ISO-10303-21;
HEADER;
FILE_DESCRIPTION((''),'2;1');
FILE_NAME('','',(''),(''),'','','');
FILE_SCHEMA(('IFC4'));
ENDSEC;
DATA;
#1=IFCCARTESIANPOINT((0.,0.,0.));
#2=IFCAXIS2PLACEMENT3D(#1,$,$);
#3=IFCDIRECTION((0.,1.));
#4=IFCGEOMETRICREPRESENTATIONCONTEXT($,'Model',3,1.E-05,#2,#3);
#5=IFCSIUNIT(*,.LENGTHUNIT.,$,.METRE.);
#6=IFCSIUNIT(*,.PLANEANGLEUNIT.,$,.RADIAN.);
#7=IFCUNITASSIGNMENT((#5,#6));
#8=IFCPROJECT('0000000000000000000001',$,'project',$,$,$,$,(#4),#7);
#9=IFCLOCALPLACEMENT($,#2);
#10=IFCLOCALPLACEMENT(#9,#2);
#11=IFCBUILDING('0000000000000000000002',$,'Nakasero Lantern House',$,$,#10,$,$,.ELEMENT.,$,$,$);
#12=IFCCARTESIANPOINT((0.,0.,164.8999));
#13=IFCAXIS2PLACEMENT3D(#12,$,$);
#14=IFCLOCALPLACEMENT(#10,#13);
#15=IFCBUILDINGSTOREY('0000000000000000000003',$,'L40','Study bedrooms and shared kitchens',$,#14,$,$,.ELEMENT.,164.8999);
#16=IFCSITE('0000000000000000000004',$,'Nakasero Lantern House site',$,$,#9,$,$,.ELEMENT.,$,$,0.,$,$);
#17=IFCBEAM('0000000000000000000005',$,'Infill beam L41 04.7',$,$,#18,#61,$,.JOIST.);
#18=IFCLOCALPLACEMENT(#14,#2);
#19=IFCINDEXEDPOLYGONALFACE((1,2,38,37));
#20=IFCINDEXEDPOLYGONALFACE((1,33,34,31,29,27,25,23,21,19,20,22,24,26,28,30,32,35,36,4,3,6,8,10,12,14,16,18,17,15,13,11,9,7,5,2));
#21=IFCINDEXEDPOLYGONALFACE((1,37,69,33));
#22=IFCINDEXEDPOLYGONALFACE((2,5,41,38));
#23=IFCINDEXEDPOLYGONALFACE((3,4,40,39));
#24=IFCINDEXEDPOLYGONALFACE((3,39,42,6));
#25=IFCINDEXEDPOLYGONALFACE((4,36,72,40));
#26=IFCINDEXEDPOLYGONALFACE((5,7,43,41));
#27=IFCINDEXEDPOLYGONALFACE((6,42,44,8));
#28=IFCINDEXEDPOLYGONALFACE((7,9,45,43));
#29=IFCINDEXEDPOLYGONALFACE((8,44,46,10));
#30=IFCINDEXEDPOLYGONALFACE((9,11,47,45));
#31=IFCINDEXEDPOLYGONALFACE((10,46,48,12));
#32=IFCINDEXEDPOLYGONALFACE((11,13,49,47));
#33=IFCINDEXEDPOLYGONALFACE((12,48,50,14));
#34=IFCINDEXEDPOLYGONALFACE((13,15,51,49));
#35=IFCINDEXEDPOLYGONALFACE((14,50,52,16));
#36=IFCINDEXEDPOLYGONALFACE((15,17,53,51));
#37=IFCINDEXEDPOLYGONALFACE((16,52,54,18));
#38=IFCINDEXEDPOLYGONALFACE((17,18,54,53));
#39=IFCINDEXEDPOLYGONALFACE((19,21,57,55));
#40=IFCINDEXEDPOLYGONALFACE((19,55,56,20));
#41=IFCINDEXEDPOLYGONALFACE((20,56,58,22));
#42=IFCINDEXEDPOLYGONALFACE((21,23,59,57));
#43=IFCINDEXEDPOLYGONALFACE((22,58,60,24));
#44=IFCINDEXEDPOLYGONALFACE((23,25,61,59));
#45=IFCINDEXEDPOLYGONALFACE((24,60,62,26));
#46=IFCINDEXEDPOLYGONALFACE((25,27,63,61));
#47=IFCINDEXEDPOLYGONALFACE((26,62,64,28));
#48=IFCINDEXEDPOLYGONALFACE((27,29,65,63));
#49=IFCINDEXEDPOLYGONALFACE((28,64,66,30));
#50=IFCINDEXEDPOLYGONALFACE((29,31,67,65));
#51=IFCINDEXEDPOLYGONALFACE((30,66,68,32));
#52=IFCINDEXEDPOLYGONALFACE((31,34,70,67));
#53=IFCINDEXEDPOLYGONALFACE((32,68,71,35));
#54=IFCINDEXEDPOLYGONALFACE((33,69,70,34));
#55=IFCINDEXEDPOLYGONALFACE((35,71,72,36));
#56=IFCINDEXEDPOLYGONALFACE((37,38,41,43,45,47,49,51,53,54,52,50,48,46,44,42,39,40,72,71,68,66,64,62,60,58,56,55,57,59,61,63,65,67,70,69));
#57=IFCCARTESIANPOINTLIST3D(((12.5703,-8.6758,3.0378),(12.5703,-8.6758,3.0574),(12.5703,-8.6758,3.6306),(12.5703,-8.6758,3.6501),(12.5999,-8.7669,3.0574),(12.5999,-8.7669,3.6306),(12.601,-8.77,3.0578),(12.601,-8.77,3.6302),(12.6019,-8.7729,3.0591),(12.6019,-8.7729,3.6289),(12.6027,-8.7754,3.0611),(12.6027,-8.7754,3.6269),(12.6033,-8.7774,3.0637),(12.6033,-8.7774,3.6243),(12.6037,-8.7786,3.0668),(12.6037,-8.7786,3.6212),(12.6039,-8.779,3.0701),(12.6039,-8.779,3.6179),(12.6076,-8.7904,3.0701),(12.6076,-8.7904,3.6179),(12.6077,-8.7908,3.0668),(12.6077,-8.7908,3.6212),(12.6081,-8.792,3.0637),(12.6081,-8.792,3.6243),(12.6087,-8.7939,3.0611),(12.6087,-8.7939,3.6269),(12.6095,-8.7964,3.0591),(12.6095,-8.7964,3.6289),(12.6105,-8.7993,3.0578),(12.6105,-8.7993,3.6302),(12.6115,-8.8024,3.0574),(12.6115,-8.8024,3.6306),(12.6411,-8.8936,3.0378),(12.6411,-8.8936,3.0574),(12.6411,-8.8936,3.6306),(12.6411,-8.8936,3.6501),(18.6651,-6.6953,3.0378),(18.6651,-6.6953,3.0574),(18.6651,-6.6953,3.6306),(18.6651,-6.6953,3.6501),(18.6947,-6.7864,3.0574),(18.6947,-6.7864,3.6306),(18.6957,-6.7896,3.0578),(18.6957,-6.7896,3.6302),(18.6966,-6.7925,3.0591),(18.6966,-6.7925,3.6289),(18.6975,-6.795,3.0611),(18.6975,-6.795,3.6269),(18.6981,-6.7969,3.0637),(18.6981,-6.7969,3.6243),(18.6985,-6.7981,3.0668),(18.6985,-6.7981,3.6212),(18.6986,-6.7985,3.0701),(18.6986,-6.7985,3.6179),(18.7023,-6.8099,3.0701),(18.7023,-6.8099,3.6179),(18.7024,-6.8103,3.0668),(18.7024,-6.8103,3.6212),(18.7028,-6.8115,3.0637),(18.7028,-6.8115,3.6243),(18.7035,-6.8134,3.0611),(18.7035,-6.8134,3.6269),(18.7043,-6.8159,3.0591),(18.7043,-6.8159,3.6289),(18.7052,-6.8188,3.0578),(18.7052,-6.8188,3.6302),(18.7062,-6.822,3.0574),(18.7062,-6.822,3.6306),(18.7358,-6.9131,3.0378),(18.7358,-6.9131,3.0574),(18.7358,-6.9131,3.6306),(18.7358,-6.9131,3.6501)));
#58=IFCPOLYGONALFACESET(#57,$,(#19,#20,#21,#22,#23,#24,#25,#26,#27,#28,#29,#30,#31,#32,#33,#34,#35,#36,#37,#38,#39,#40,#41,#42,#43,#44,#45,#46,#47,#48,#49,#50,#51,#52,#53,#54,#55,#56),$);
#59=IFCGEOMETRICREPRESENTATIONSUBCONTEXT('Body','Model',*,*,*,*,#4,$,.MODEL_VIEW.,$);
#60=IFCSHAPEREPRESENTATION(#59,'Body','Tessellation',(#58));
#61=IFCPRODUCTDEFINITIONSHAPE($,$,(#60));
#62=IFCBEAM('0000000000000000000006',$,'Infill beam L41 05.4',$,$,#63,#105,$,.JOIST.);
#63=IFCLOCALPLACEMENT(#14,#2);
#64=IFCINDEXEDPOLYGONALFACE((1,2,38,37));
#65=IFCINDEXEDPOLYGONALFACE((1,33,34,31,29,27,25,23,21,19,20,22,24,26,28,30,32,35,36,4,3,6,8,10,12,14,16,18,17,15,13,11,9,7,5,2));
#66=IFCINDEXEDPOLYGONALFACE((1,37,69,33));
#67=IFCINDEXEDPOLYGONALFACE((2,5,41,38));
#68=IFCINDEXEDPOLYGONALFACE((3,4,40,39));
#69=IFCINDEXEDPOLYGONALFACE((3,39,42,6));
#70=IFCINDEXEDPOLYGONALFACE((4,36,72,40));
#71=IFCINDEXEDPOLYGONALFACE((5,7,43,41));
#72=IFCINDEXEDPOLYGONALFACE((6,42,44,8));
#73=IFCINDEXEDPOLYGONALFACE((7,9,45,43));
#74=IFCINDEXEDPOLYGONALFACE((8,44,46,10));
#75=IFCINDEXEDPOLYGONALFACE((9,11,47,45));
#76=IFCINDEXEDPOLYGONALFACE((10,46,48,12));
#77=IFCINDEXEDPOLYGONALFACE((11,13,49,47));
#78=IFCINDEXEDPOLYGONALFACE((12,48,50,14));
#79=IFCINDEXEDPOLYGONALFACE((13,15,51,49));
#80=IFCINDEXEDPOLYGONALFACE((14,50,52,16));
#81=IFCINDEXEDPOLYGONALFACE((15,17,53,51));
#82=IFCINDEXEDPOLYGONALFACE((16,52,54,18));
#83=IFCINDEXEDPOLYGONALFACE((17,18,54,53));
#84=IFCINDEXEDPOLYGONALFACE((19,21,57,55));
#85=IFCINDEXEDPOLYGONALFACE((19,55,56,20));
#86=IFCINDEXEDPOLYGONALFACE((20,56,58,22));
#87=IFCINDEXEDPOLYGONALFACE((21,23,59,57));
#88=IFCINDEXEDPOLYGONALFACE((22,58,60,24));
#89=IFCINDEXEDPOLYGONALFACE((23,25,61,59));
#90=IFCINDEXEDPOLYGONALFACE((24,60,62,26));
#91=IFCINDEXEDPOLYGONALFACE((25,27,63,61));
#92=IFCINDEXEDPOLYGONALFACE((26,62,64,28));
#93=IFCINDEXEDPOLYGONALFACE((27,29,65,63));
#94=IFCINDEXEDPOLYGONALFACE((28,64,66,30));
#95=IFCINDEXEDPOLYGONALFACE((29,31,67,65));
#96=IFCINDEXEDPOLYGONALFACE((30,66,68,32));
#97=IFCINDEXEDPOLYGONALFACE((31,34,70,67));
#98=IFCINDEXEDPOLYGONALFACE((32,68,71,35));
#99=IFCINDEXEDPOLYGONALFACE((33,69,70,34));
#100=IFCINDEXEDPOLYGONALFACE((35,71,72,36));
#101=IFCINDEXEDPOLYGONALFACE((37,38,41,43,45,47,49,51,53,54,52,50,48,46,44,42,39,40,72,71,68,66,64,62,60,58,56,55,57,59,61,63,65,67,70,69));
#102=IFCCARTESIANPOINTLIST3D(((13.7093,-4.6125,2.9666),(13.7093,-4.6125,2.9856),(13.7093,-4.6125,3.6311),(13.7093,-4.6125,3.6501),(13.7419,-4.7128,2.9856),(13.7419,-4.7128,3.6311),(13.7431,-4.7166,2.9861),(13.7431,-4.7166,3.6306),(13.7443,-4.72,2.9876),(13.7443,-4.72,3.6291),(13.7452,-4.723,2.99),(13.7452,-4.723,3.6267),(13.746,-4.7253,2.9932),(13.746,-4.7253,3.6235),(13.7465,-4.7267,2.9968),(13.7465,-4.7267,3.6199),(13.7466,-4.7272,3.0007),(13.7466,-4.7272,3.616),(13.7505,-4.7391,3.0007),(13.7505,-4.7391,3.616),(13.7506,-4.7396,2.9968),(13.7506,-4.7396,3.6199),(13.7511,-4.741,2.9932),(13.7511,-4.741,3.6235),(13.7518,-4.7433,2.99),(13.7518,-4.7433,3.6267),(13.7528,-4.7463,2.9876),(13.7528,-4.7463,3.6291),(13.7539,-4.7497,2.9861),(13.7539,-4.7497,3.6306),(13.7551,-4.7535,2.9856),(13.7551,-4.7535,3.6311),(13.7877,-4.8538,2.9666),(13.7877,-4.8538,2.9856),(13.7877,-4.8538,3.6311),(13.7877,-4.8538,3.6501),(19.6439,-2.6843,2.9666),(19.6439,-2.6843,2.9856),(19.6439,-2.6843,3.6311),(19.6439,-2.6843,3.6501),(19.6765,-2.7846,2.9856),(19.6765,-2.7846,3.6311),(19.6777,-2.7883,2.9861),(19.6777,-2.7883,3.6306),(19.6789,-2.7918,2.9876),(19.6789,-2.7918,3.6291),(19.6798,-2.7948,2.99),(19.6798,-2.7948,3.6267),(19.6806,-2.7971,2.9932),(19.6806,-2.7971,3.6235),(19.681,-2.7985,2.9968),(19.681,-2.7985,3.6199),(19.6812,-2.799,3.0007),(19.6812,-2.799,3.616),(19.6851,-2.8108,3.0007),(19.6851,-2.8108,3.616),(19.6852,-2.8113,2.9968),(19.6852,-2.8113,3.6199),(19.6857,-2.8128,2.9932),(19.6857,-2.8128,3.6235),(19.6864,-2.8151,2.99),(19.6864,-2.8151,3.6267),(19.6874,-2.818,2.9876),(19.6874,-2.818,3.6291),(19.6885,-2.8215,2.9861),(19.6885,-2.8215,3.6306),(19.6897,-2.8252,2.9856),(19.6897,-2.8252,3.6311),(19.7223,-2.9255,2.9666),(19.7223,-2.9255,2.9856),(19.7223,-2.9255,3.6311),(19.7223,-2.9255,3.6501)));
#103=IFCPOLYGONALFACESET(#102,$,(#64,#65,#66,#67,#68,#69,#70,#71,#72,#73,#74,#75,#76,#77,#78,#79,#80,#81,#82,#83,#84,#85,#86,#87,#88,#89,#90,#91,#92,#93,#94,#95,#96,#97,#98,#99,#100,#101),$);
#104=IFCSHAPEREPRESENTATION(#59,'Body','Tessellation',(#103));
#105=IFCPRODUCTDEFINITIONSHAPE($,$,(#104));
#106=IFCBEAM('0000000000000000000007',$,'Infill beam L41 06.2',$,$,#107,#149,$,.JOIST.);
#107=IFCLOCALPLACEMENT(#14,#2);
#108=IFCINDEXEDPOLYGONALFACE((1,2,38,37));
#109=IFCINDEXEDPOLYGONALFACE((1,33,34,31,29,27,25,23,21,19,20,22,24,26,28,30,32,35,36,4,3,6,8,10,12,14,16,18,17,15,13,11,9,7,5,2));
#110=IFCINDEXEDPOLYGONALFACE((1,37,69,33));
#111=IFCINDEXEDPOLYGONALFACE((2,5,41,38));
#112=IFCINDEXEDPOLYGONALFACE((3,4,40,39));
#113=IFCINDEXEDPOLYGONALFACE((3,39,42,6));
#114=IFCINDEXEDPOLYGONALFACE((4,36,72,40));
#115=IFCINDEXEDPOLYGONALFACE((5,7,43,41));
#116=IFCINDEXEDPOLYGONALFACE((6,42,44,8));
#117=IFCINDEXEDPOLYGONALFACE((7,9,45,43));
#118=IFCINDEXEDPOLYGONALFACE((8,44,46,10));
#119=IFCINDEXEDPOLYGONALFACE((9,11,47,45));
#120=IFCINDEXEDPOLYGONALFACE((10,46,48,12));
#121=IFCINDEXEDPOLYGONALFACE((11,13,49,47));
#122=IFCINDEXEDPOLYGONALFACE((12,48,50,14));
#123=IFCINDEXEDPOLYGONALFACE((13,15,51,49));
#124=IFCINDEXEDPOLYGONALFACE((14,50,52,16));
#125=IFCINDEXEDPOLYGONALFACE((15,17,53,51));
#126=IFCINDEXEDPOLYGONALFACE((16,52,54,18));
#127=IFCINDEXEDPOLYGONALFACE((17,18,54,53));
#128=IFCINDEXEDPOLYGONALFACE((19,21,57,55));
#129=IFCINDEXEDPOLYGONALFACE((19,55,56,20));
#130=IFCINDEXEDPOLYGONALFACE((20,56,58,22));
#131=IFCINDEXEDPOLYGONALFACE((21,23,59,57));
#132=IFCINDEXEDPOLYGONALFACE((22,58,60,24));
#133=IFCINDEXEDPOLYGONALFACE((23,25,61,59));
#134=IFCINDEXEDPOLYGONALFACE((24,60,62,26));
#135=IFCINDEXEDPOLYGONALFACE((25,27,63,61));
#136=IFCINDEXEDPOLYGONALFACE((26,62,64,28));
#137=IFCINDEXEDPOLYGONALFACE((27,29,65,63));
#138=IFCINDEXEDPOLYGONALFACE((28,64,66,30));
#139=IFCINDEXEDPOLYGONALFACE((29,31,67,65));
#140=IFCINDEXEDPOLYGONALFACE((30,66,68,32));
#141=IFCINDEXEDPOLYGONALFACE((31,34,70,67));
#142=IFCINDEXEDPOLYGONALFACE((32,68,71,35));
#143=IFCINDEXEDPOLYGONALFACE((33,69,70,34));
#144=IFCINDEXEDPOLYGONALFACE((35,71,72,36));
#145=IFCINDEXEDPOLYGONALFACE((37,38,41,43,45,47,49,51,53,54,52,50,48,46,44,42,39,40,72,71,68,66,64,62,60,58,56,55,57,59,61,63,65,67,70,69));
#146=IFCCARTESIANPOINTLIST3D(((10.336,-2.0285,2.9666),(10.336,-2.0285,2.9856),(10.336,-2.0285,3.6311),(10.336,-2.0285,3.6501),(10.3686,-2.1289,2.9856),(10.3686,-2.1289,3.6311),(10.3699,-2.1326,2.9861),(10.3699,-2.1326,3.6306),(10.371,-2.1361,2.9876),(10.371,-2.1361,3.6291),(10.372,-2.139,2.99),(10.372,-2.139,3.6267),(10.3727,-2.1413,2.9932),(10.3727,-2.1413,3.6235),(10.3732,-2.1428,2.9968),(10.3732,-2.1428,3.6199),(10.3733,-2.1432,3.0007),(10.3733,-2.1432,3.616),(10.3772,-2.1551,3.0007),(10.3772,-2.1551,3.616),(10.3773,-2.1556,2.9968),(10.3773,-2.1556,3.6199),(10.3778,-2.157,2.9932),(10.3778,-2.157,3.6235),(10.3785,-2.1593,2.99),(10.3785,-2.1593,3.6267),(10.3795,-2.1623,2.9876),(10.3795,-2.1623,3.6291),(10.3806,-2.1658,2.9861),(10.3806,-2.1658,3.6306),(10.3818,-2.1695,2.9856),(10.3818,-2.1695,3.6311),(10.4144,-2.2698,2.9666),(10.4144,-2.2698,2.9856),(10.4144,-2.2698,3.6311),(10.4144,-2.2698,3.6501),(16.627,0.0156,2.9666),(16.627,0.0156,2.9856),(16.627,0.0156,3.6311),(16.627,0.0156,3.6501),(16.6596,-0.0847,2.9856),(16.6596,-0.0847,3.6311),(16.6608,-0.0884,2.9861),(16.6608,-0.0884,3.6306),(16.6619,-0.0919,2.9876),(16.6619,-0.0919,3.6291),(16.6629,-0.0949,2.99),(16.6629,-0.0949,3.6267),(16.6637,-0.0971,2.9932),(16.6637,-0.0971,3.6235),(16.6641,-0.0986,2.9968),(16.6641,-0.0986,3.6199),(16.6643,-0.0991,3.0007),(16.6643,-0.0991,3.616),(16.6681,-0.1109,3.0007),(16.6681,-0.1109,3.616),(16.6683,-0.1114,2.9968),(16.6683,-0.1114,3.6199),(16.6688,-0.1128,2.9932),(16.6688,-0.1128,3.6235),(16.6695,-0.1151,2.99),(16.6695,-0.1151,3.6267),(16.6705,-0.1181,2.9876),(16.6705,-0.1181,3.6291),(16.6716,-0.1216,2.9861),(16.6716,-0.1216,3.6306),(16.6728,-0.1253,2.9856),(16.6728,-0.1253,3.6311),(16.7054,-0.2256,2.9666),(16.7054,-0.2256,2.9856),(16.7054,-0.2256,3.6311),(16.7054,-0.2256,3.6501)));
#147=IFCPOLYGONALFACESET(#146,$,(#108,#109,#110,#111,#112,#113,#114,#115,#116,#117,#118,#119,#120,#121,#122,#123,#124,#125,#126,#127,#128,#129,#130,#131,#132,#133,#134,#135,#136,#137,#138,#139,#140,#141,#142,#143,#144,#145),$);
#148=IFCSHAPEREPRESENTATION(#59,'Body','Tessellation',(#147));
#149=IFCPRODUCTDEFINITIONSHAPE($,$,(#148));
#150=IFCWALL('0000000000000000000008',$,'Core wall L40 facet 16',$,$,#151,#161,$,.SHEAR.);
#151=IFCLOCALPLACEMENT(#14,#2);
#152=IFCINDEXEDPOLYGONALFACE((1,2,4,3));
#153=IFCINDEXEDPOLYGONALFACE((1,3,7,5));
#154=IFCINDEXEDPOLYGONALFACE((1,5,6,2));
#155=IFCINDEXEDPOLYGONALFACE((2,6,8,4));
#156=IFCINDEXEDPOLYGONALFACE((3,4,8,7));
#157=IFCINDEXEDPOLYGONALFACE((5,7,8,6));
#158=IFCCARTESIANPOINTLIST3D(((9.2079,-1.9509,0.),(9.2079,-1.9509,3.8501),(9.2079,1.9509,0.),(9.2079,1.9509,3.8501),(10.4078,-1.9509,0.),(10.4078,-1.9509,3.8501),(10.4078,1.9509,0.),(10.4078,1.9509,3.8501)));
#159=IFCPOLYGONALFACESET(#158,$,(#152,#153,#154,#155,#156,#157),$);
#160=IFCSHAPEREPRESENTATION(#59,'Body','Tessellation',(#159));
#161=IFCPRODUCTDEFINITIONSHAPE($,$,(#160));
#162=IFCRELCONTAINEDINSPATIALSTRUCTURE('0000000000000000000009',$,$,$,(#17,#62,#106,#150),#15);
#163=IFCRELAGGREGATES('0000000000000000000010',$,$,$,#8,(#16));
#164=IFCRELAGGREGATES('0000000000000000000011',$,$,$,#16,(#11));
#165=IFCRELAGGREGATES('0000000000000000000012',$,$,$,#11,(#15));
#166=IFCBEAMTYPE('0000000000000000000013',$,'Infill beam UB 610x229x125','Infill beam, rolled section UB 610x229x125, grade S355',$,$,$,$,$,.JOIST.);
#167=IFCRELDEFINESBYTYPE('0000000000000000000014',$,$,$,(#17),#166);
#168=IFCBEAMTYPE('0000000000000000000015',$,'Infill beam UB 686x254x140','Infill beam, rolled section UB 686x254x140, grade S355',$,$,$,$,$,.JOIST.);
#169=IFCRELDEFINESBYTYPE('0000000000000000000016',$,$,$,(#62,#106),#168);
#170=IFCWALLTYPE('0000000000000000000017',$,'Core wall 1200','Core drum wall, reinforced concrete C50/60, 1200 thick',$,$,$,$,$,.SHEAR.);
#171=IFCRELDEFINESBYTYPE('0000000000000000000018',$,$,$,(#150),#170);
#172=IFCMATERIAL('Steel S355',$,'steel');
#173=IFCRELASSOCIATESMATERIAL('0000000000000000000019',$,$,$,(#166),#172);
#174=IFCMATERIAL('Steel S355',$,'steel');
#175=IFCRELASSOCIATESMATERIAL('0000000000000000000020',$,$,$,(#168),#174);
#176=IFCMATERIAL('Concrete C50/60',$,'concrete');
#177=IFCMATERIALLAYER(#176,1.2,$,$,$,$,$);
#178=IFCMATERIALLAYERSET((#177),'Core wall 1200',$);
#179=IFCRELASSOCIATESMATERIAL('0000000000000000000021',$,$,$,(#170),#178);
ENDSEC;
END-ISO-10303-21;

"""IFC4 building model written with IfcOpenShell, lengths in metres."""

from ifc_helpers import new_model, si_unit, direction, frame, frame_2d, origin, origin_2d, place, context, subcontext, project, spatial, rectangle, i_section, extrude, material, layer, layer_set, material_profile, profile_set, type_object, element, save


model = new_model("IFC4")

# Units and contexts
model_context = context("Model", 3, precision=1e-05, world=origin(), true_north=direction((0.0, 1.0)))
body_context = subcontext(model_context, "Body", "Model", "MODEL_VIEW")
ifc_project = project(units=[si_unit("LENGTHUNIT", "METRE"), si_unit("PLANEANGLEUNIT", "RADIAN")], contexts=[model_context])

# Site, building, storey
site_placement = place(None, origin())
site = spatial("IfcSite", under=ifc_project, at=site_placement, Name="Nakasero Lantern House site", CompositionType="ELEMENT", RefElevation=0.0)
building_placement = place(site_placement, origin())
building = spatial("IfcBuilding", under=site, at=building_placement, Name="Nakasero Lantern House", CompositionType="ELEMENT")
storey_placement = place(building_placement, frame((0.0, 0.0, 164.8999)))
storey = spatial("IfcBuildingStorey", under=building, at=storey_placement, Name="L40", Description="Study bedrooms and shared kitchens", CompositionType="ELEMENT", Elevation=164.8999)

# Beams
ifc_material_1 = material(Name="Steel S355", Category="steel")
ifc_material_profile_1 = material_profile(ifc_material_1, i_section(OverallWidth=0.229, OverallDepth=0.6123, WebThickness=0.012, FlangeThickness=0.0195, FilletRadius=0.0127, at=origin_2d()), Name="UB 610x229x125")
ifc_profile_set_1 = profile_set([ifc_material_profile_1], Name="Steel S355")
beam_type_1 = type_object("IfcBeamType", Name="Infill beam UB 610x229x125", Description="Infill beam, rolled section UB 610x229x125, grade S355", PredefinedType="JOIST", material=ifc_profile_set_1)
beam_1_placement = place(storey_placement, frame((12.6057, -8.7847, 3.344), z_axis=(0.951049, 0.309041, 0.0), x_axis=(-0.309041, 0.951049, 0.0)))
element("IfcBeam", 1, at=beam_1_placement, inside=storey, type_object=beam_type_1, Name="Infill beam L41 04.7", PredefinedType="JOIST", context=body_context, shape_type="SweptSolid", body=[
    extrude(i_section(OverallWidth=0.229, OverallDepth=0.6123, WebThickness=0.012, FlangeThickness=0.0195, FilletRadius=0.0127, at=origin_2d()), origin(), (0.0, 0.0, 1.0), 6.4084),
])
ifc_material_2 = material(Name="Steel S355", Category="steel")
ifc_material_profile_2 = material_profile(ifc_material_2, i_section(OverallWidth=0.2537, OverallDepth=0.6836, WebThickness=0.0125, FlangeThickness=0.019, FilletRadius=0.0151, at=origin_2d()), Name="UB 686x254x140")
ifc_profile_set_2 = profile_set([ifc_material_profile_2], Name="Steel S355")
beam_type_2 = type_object("IfcBeamType", Name="Infill beam UB 686x254x140", Description="Infill beam, rolled section UB 686x254x140, grade S355", PredefinedType="JOIST", material=ifc_profile_set_2)
beam_2_placement = place(storey_placement, frame((13.7485, -4.7332, 3.3083), z_axis=(0.951058, 0.309012, 0.0), x_axis=(-0.309012, 0.951058, 0.0)))
element("IfcBeam", 2, at=beam_2_placement, inside=storey, type_object=beam_type_2, Name="Infill beam L41 05.4", PredefinedType="JOIST", context=body_context, shape_type="SweptSolid", body=[
    extrude(i_section(OverallWidth=0.2537, OverallDepth=0.6836, WebThickness=0.0125, FlangeThickness=0.019, FilletRadius=0.0151, at=origin_2d()), origin(), (0.0, 0.0, 1.0), 6.24),
])
beam_3_placement = place(storey_placement, frame((10.3752, -2.1492, 3.3083), z_axis=(0.951051, 0.309033, 0.0), x_axis=(-0.309033, 0.951051, 0.0)))
element("IfcBeam", 3, at=beam_3_placement, inside=storey, type_object=beam_type_2, Name="Infill beam L41 06.2", PredefinedType="JOIST", context=body_context, shape_type="SweptSolid", body=[
    extrude(i_section(OverallWidth=0.2537, OverallDepth=0.6836, WebThickness=0.0125, FlangeThickness=0.019, FilletRadius=0.0151, at=origin_2d()), origin(), (0.0, 0.0, 1.0), 6.6147),
])

# Wall
ifc_material_3 = material(Name="Concrete C50/60", Category="concrete")
ifc_layer_1 = layer(ifc_material_3, 1.2)
ifc_layer_set_1 = layer_set([ifc_layer_1], Name="Core wall 1200")
wall_type_1 = type_object("IfcWallType", Name="Core wall 1200", Description="Core drum wall, reinforced concrete C50/60, 1200 thick", PredefinedType="SHEAR", material=ifc_layer_set_1)
wall_1_placement = place(storey_placement, frame((9.8079, -1.9509, 0.0), z_axis=(0.0, 0.0, 1.0), x_axis=(0.0, 1.0, 0.0)))
element("IfcWall", 4, at=wall_1_placement, inside=storey, type_object=wall_type_1, Name="Core wall L40 facet 16", PredefinedType="SHEAR", context=body_context, shape_type="SweptSolid", body=[
    extrude(rectangle(XDim=3.9019, YDim=1.2, at=frame_2d((1.9509, 0.0))), origin(), (0.0, 0.0, 1.0), 3.8501),
])

save(model, "model.ifc")
